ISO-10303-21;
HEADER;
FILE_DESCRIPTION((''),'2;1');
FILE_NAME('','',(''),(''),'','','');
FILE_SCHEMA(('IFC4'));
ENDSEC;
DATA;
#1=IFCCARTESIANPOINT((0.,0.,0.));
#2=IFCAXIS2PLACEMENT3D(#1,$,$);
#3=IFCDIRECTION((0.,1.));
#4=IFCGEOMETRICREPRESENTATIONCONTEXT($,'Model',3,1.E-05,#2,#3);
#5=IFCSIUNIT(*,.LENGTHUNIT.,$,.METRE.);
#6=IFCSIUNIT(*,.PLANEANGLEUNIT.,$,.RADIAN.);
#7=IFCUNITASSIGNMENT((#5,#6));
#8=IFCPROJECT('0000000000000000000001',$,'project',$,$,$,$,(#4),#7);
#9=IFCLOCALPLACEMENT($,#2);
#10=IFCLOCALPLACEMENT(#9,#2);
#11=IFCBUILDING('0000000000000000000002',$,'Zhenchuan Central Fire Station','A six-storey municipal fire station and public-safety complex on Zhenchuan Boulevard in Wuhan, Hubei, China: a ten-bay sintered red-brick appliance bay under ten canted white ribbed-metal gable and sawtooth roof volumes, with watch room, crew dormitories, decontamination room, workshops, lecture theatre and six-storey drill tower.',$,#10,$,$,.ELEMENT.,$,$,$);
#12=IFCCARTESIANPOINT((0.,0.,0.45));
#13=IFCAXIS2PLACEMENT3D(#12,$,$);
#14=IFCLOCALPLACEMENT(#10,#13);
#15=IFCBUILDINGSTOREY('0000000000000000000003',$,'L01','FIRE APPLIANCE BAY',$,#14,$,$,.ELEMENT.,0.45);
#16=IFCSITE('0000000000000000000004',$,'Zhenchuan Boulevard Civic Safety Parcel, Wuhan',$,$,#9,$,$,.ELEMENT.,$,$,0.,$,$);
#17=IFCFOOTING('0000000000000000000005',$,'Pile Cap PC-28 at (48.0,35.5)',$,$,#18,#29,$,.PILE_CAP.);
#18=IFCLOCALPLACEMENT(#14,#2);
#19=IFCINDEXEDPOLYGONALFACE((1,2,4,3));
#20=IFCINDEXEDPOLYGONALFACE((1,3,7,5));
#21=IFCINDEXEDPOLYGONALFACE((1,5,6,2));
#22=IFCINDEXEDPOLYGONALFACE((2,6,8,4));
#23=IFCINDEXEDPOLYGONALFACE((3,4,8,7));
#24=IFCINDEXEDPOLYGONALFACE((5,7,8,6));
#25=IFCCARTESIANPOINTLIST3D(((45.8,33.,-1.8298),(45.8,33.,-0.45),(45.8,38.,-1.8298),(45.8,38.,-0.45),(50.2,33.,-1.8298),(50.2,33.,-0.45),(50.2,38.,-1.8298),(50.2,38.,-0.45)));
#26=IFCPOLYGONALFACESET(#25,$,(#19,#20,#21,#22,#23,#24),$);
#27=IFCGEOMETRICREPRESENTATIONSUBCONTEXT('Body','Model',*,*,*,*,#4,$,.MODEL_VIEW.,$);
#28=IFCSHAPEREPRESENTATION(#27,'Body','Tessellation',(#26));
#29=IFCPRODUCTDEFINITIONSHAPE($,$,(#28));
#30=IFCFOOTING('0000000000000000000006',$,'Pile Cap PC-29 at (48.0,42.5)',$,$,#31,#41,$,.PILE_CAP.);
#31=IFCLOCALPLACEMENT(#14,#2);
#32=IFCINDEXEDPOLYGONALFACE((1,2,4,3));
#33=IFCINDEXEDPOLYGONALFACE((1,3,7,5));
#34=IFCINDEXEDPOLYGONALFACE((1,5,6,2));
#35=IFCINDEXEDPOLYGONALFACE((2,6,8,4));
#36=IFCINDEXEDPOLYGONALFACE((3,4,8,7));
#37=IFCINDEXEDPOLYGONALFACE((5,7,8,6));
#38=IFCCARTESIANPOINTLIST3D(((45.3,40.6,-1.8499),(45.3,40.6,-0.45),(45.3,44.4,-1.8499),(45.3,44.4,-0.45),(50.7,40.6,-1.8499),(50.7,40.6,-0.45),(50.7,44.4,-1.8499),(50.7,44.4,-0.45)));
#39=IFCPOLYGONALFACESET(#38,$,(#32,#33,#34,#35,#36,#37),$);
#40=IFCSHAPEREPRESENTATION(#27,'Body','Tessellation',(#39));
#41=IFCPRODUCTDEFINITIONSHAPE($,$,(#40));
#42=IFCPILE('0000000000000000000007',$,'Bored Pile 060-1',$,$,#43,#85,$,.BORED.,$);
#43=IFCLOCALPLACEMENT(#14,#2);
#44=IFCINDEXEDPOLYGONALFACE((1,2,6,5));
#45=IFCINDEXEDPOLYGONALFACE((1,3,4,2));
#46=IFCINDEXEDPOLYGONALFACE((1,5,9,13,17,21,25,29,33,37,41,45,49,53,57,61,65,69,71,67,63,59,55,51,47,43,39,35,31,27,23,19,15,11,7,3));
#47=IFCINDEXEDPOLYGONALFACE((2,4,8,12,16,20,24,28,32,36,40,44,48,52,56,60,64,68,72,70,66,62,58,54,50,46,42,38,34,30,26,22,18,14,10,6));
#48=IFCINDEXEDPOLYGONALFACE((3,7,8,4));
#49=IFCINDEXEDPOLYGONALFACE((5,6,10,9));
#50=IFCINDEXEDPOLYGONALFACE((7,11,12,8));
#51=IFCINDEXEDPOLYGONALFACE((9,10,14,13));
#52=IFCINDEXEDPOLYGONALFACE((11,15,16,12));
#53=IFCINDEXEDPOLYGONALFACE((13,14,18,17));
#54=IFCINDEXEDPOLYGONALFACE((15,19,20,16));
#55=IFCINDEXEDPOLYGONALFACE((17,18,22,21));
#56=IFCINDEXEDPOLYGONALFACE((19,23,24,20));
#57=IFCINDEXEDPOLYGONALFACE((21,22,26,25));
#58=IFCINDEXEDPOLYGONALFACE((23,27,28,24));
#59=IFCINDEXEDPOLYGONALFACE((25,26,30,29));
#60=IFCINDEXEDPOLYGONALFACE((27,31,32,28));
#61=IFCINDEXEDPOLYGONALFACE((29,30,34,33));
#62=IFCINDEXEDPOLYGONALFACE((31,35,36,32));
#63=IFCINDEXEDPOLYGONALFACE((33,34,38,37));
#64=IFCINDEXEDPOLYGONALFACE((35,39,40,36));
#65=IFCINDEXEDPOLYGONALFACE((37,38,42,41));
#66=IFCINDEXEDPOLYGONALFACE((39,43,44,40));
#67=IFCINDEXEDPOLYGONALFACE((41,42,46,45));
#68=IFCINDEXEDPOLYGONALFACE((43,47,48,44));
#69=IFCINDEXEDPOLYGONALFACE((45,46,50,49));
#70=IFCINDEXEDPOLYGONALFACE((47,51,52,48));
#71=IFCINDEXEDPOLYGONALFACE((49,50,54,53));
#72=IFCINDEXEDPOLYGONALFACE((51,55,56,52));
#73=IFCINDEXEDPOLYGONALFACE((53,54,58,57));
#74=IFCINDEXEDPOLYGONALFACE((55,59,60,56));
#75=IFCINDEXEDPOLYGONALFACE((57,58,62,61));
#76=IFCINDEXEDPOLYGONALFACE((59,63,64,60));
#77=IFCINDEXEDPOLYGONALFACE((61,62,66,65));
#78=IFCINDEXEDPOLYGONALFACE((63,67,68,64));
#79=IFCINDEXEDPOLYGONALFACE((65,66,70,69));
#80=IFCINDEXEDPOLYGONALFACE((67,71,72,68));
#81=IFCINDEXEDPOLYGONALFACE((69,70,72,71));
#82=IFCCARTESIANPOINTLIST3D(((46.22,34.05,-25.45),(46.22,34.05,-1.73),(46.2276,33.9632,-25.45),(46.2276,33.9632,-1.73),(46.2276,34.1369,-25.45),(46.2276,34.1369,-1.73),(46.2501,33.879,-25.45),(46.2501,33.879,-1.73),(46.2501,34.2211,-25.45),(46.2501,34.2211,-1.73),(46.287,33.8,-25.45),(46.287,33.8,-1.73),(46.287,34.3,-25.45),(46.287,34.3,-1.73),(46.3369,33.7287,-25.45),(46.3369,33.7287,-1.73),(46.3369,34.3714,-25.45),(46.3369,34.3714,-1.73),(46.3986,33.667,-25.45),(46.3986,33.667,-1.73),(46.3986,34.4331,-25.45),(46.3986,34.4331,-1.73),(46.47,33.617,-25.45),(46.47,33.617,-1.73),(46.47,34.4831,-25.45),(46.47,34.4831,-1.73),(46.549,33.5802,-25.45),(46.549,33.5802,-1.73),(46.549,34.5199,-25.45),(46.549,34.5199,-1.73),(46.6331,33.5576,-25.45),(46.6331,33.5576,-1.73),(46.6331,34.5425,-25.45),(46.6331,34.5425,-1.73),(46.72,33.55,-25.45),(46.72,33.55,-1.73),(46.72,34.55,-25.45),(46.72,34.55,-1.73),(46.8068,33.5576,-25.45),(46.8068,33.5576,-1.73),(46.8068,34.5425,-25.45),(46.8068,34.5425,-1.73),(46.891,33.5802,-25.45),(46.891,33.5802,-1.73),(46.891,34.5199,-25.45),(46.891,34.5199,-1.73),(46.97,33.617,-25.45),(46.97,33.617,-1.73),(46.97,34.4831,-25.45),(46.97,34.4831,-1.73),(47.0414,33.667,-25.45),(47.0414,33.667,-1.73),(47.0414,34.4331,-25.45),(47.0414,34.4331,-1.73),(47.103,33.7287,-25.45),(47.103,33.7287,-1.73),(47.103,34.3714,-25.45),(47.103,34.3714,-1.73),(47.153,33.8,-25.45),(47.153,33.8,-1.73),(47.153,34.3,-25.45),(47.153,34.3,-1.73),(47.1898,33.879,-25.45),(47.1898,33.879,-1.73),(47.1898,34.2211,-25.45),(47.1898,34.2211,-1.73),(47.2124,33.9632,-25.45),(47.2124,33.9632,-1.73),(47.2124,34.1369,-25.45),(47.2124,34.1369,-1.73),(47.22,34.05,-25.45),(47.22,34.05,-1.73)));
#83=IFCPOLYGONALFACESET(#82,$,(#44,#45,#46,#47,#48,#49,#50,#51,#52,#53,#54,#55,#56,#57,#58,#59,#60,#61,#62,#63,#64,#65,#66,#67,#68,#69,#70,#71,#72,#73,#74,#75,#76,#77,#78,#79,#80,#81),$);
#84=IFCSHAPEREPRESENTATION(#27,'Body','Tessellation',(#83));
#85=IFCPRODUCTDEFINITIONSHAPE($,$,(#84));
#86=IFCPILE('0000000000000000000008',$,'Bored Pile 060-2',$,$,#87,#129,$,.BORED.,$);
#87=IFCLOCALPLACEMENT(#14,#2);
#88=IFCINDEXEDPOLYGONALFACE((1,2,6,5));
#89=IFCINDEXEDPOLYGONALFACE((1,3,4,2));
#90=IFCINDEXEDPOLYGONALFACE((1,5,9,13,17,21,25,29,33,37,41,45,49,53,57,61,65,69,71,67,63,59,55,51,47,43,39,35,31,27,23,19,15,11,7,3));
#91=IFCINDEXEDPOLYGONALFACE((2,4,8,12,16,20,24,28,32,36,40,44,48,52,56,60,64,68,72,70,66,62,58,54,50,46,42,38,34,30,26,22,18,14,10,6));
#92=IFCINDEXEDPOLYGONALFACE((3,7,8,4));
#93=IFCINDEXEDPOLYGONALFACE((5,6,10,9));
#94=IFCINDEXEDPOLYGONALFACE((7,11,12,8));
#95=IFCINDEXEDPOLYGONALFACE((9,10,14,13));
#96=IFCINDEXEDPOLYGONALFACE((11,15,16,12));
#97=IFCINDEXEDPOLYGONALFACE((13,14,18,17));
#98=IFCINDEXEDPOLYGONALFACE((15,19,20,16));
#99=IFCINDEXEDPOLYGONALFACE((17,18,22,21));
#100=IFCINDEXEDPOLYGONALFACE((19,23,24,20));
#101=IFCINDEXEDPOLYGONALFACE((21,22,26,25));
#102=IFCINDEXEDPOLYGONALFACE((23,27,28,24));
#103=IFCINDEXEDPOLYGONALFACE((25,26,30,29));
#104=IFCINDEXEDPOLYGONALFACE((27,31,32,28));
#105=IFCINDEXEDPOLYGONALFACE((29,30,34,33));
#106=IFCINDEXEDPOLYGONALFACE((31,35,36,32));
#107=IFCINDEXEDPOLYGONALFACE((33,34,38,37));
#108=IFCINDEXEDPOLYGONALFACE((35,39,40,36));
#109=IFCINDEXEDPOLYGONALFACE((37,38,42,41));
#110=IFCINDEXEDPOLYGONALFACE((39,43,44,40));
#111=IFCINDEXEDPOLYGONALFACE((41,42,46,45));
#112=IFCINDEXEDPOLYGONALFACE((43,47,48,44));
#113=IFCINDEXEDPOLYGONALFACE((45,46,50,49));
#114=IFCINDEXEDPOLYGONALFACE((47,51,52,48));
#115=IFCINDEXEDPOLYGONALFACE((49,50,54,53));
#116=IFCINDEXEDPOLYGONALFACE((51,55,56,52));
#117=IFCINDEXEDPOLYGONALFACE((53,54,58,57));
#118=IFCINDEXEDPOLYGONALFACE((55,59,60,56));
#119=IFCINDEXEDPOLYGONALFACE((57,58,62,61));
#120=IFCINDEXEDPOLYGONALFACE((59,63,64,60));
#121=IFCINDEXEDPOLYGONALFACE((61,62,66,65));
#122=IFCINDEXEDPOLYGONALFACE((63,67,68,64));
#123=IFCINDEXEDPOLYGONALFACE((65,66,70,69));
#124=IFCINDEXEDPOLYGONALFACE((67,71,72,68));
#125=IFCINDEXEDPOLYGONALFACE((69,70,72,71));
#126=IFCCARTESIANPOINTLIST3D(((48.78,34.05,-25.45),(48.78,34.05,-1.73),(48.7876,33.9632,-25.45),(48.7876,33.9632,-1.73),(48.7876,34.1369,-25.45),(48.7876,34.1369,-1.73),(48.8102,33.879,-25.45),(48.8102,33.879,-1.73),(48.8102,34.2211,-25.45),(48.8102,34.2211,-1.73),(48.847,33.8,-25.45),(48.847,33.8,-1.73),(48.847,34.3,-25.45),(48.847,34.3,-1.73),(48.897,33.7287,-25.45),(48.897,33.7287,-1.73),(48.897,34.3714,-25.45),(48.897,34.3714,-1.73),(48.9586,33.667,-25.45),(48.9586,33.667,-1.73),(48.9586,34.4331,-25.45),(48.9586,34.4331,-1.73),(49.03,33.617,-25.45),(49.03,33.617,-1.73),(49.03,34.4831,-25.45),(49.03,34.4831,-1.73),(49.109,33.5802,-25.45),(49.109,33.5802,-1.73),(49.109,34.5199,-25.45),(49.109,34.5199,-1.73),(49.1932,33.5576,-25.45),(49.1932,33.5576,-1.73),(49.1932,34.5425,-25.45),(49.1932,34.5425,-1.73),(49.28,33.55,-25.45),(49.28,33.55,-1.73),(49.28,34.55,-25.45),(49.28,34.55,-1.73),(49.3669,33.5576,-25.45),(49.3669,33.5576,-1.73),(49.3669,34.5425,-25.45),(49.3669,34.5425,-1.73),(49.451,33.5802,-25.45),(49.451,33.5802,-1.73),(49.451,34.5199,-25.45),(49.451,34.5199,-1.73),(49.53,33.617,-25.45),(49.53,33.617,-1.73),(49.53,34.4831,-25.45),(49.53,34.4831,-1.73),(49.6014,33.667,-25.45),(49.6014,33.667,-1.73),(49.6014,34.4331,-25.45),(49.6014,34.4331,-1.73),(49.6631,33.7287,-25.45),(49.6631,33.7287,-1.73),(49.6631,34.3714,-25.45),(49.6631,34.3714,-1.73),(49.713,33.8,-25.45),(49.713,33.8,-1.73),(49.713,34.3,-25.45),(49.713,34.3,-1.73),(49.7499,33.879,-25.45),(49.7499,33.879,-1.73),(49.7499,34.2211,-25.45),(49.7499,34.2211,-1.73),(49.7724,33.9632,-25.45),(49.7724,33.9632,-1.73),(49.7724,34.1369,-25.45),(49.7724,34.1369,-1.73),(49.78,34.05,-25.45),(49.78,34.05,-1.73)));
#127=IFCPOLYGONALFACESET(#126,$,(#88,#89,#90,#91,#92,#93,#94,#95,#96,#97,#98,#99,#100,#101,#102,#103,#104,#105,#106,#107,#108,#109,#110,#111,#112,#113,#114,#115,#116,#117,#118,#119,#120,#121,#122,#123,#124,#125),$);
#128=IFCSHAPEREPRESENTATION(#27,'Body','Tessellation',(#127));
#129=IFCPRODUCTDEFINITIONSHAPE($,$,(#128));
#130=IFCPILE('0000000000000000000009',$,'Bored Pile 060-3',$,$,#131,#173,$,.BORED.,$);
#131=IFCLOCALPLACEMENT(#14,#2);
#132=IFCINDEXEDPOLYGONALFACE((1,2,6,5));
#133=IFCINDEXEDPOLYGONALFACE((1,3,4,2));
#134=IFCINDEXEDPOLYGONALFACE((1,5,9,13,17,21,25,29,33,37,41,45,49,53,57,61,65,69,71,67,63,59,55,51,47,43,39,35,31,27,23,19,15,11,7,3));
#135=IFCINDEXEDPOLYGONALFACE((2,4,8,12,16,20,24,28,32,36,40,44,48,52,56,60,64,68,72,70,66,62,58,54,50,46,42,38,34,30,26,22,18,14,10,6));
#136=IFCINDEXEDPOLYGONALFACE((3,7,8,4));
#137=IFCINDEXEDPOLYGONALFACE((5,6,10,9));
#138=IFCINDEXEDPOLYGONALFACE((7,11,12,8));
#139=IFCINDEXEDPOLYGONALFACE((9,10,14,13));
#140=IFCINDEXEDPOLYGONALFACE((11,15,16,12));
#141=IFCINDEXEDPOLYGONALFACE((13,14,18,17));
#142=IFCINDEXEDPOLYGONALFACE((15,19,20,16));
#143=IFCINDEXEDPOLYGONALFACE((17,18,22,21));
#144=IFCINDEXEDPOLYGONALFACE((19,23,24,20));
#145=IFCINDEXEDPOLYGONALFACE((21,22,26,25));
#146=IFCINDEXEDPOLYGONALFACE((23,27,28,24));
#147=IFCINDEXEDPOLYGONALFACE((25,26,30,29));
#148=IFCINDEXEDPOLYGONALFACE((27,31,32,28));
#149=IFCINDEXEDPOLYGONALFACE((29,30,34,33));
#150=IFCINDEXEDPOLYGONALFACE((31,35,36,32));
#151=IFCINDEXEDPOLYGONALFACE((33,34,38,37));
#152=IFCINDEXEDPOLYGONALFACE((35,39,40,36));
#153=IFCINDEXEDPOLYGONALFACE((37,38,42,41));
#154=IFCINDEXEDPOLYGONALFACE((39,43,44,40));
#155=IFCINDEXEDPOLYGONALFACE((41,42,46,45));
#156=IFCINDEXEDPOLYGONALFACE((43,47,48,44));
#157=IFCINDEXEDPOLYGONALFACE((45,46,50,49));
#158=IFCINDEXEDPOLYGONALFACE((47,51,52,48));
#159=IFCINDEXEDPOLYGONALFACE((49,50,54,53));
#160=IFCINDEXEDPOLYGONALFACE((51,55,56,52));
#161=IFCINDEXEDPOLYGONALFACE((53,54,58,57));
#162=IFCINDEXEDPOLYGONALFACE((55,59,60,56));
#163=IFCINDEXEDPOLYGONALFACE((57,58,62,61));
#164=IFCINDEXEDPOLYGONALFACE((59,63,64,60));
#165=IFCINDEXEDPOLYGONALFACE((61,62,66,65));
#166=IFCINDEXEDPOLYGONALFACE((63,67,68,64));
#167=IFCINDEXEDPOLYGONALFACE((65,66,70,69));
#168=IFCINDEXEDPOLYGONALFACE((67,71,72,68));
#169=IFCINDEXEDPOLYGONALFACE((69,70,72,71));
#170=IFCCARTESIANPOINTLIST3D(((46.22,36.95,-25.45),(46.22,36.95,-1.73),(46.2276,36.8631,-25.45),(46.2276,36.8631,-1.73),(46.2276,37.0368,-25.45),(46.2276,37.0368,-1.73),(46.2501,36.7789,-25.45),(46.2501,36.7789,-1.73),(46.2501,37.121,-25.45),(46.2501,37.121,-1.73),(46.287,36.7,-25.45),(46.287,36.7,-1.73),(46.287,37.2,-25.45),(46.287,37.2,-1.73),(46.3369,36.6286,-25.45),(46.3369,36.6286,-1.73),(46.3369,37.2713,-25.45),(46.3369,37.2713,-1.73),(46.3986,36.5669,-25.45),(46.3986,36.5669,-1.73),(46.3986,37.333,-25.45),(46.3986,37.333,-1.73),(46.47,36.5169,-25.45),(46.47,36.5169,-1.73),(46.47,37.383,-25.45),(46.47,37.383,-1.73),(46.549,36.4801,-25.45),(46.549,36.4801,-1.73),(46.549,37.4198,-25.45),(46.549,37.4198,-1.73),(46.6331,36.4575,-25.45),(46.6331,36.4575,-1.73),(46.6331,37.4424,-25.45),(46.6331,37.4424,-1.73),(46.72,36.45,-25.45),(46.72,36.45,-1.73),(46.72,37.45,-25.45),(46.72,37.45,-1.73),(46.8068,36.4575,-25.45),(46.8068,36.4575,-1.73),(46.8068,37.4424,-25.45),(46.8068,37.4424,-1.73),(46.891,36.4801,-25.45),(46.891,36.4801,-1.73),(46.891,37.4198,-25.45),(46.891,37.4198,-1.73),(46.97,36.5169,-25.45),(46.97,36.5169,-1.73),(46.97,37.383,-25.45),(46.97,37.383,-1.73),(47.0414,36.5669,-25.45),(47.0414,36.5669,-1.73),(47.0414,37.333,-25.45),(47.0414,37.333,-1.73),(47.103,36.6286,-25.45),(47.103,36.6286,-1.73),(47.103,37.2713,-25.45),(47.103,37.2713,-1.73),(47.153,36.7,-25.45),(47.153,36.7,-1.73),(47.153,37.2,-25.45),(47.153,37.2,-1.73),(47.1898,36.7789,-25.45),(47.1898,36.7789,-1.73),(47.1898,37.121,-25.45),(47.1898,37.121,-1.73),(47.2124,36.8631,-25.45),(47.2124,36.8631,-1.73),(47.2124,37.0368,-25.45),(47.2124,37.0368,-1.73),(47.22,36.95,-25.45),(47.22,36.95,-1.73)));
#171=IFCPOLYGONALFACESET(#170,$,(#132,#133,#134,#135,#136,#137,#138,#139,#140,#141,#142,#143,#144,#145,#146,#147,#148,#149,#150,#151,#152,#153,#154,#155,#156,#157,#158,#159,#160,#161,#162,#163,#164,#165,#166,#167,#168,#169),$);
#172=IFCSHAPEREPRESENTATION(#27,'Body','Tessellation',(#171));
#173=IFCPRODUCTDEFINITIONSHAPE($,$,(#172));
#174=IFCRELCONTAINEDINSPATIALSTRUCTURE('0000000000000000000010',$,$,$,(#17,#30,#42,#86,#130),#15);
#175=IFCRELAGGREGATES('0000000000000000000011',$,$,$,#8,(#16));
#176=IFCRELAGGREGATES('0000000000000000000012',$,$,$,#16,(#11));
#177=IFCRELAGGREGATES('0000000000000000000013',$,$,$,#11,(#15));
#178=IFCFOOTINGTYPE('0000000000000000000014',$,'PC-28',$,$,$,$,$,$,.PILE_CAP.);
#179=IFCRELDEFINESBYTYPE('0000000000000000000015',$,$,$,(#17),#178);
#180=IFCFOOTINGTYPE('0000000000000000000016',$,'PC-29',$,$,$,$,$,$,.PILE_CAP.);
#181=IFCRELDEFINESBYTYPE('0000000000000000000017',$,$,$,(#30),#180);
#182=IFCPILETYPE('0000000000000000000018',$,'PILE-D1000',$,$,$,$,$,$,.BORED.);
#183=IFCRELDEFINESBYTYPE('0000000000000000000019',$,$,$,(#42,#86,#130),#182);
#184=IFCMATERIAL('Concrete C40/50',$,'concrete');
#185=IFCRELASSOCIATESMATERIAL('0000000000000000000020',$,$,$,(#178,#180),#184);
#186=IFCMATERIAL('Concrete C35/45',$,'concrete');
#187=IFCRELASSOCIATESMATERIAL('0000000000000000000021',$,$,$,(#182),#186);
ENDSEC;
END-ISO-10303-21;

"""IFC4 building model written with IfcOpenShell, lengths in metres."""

from ifc_helpers import new_model, si_unit, direction, frame, origin, origin_2d, place, context, subcontext, project, spatial, rectangle, circle, extrude, material, material_profile, profile_set, type_object, element, save


model = new_model("IFC4")

# Units and contexts
model_context = context("Model", 3, precision=1e-05, world=origin(), true_north=direction((0.0, 1.0)))
body_context = subcontext(model_context, "Body", "Model", "MODEL_VIEW")
ifc_project = project(units=[si_unit("LENGTHUNIT", "METRE"), si_unit("PLANEANGLEUNIT", "RADIAN")], contexts=[model_context])

# Site, building, storey
site_placement = place(None, origin())
site = spatial("IfcSite", under=ifc_project, at=site_placement, Name="Zhenchuan Boulevard Civic Safety Parcel, Wuhan", CompositionType="ELEMENT", RefElevation=0.0)
building_placement = place(site_placement, origin())
building = spatial("IfcBuilding", under=site, at=building_placement, Name="Zhenchuan Central Fire Station", Description="A six-storey municipal fire station and public-safety complex on Zhenchuan Boulevard in Wuhan, Hubei, China: a ten-bay sintered red-brick appliance bay under ten canted white ribbed-metal gable and sawtooth roof volumes, with watch room, crew dormitories, decontamination room, workshops, lecture theatre and six-storey drill tower.", CompositionType="ELEMENT")
storey_placement = place(building_placement, frame((0.0, 0.0, 0.45)))
storey = spatial("IfcBuildingStorey", under=building, at=storey_placement, Name="L01", Description="FIRE APPLIANCE BAY", CompositionType="ELEMENT", Elevation=0.45)

# Footings
ifc_material_1 = material(Name="Concrete C40/50", Category="concrete")
footing_type_1 = type_object("IfcFootingType", Name="PC-28", PredefinedType="PILE_CAP", material=ifc_material_1)
footing_1_placement = place(storey_placement, frame((48.0, 35.5, -1.8298), z_axis=(0.0, 0.0, 1.0), x_axis=(1.0, 0.0, 0.0)))
element("IfcFooting", 1, at=footing_1_placement, inside=storey, type_object=footing_type_1, Name="Pile Cap PC-28 at (48.0,35.5)", PredefinedType="PILE_CAP", context=body_context, shape_type="SweptSolid", body=[
    extrude(rectangle(XDim=4.3999, YDim=5.0, at=origin_2d()), origin(), (0.0, 0.0, 1.0), 1.3799),
])
footing_type_2 = type_object("IfcFootingType", Name="PC-29", PredefinedType="PILE_CAP", material=ifc_material_1)
footing_2_placement = place(storey_placement, frame((48.0, 42.5, -1.8499), z_axis=(0.0, 0.0, 1.0), x_axis=(1.0, 0.0, 0.0)))
element("IfcFooting", 2, at=footing_2_placement, inside=storey, type_object=footing_type_2, Name="Pile Cap PC-29 at (48.0,42.5)", PredefinedType="PILE_CAP", context=body_context, shape_type="SweptSolid", body=[
    extrude(rectangle(XDim=5.3999, YDim=3.8, at=origin_2d()), origin(), (0.0, 0.0, 1.0), 1.3999),
])

# Piles
ifc_material_2 = material(Name="Concrete C35/45", Category="concrete")
ifc_material_profile_1 = material_profile(ifc_material_2, circle(Radius=0.5, at=origin_2d()), Name="PILE D1000")
ifc_profile_set_1 = profile_set([ifc_material_profile_1], Name="Concrete C35/45")
pile_type_1 = type_object("IfcPileType", Name="PILE-D1000", PredefinedType="BORED", material=ifc_profile_set_1)
for number, where, z_axis, x_axis, name in (
    (3, (46.72, 34.05, -1.73), (0.0, 0.0, -1.0), (1.0, 0.0, 0.0), "Bored Pile 060-1"),
    (4, (49.28, 34.05, -1.73), (0.0, 0.0, -1.0), (1.0, 0.0, 0.0), "Bored Pile 060-2"),
    (5, (46.72, 36.95, -1.73), (0.0, 0.0, -1.0), (1.0, 0.0, 0.0), "Bored Pile 060-3"),
):
    element("IfcPile", number, at=place(storey_placement, frame(where, z_axis=z_axis, x_axis=x_axis)), inside=storey, type_object=pile_type_1, Name=name, PredefinedType="BORED", context=body_context, shape_type="SweptSolid", body=[
        extrude(circle(Radius=0.5, at=origin_2d()), origin(), (0.0, 0.0, 1.0), 23.72),
    ])

save(model, "model.ifc")
